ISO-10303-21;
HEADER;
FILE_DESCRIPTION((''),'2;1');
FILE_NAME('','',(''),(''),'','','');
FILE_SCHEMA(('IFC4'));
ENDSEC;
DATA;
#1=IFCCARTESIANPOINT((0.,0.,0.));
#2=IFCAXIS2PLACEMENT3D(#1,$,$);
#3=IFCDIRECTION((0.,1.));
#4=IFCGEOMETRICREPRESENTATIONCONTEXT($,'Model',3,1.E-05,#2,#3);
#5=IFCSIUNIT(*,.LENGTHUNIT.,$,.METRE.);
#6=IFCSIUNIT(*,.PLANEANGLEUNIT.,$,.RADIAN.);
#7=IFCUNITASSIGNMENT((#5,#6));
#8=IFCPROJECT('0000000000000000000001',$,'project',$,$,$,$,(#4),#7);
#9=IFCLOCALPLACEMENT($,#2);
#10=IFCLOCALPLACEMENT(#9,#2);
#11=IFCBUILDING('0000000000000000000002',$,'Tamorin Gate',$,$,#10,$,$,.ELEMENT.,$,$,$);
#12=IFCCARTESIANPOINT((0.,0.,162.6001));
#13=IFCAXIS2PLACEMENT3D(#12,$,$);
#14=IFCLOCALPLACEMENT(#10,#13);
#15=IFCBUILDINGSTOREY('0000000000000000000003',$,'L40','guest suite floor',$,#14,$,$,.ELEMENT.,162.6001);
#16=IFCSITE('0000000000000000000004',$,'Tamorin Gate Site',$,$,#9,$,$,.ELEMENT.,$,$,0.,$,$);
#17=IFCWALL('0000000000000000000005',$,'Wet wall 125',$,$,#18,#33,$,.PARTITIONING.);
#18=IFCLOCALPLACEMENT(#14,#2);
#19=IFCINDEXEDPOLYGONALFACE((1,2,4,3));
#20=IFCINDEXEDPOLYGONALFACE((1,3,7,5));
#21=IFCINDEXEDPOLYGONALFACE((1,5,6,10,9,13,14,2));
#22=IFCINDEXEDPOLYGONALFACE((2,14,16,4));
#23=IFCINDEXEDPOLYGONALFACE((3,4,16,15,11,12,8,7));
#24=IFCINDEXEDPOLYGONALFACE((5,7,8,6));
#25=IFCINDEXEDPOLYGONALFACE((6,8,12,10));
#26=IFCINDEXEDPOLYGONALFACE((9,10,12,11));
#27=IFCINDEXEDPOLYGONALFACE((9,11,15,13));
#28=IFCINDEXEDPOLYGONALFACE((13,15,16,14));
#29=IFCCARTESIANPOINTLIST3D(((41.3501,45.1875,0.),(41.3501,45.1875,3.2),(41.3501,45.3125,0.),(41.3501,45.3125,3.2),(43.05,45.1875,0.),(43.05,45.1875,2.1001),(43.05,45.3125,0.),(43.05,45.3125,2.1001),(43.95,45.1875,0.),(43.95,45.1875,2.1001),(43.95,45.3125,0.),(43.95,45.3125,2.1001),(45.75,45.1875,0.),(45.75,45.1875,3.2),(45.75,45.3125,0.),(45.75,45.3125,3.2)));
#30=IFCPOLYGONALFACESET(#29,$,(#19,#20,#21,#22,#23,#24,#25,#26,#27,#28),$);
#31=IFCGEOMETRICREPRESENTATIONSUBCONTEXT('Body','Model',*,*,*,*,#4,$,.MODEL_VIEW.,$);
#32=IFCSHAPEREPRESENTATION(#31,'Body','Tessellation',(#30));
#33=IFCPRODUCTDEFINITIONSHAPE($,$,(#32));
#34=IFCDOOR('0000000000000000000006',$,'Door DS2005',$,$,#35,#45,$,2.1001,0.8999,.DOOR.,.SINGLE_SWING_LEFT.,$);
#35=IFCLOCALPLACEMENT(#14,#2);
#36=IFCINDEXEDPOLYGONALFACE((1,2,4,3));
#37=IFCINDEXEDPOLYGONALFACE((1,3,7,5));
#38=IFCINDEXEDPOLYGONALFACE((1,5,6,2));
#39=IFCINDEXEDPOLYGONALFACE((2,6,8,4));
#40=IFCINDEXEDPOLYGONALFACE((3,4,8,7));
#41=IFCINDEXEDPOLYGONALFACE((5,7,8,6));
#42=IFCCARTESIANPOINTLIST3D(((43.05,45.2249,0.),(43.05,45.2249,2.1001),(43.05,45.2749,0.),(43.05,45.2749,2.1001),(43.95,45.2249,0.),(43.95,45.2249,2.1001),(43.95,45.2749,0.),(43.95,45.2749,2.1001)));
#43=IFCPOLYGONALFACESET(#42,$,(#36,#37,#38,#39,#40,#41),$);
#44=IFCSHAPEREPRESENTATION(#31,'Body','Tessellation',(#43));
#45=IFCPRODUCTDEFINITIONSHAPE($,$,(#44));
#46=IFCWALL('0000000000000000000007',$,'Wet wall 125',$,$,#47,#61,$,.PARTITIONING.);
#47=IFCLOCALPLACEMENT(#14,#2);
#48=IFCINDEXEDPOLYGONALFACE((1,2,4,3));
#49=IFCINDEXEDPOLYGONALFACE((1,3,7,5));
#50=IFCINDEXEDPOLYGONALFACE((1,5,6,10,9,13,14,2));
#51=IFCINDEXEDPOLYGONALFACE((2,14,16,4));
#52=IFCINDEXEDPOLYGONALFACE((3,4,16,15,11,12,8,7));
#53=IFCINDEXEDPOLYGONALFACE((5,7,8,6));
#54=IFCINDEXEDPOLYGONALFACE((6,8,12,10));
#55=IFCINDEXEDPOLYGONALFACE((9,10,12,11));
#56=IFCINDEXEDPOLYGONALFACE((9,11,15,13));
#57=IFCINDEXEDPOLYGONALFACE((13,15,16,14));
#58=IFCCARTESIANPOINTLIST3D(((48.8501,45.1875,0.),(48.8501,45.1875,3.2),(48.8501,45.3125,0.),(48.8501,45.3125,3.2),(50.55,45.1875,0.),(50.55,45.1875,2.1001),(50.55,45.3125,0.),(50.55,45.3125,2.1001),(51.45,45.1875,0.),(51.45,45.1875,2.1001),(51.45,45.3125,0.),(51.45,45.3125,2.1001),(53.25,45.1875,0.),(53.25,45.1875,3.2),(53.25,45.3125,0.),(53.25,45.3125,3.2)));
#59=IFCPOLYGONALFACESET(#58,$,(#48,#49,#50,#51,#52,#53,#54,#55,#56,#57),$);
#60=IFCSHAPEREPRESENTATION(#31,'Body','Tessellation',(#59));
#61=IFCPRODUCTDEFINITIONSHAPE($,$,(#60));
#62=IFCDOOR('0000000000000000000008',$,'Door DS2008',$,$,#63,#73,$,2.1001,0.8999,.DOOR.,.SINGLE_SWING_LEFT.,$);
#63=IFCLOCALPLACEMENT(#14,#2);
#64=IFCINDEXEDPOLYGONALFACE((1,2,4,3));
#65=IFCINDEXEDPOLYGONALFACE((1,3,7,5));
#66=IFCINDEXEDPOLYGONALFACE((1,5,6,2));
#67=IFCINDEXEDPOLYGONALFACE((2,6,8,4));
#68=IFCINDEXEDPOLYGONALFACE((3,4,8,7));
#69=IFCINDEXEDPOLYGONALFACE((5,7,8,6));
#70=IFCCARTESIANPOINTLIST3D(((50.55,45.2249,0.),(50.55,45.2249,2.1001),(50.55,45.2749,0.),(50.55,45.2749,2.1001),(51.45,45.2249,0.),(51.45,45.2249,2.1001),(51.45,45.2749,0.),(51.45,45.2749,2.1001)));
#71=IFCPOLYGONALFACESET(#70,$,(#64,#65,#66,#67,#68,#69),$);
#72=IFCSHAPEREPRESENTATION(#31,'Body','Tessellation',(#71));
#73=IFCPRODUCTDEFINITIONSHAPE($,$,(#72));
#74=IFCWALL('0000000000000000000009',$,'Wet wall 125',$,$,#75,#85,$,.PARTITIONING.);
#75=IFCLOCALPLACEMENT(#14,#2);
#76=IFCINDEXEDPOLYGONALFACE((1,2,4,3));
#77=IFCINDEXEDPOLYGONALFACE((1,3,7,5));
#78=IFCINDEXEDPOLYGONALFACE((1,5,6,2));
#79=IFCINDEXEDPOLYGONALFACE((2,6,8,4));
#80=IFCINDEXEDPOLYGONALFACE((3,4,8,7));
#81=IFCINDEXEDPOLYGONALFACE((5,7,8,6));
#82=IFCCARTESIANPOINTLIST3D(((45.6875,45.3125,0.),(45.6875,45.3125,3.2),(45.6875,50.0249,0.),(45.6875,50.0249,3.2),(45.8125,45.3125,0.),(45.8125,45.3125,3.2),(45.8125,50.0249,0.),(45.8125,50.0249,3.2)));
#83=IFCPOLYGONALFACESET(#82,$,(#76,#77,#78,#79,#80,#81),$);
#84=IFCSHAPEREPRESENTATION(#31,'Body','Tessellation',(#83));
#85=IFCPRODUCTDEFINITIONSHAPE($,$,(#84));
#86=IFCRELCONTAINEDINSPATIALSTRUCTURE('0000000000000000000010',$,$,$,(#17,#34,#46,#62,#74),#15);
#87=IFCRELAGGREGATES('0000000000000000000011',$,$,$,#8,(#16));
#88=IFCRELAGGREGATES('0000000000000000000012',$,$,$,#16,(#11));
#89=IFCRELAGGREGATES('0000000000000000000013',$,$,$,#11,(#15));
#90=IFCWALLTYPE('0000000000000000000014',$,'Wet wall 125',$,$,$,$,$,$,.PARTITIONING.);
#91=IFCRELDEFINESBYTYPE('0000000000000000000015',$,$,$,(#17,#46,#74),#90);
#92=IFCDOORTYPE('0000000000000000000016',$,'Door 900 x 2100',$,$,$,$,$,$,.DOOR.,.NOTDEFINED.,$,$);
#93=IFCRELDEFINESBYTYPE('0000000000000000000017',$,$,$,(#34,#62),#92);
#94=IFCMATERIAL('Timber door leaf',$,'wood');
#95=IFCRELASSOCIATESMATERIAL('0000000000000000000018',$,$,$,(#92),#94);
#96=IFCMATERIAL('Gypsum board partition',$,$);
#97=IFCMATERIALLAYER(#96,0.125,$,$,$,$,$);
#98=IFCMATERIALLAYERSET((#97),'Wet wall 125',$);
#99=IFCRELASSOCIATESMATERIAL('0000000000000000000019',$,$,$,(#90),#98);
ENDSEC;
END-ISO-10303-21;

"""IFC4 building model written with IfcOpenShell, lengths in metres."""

from ifc_helpers import new_model, si_unit, direction, frame, frame_2d, origin, place, context, subcontext, project, spatial, rectangle, extrude, material, layer, layer_set, type_object, element, fill, save


model = new_model("IFC4")

# Units and contexts
model_context = context("Model", 3, precision=1e-05, world=origin(), true_north=direction((0.0, 1.0)))
body_context = subcontext(model_context, "Body", "Model", "MODEL_VIEW")
ifc_project = project(units=[si_unit("LENGTHUNIT", "METRE"), si_unit("PLANEANGLEUNIT", "RADIAN")], contexts=[model_context])

# Site, building, storey
site_placement = place(None, origin())
site = spatial("IfcSite", under=ifc_project, at=site_placement, Name="Tamorin Gate Site", CompositionType="ELEMENT", RefElevation=0.0)
building_placement = place(site_placement, origin())
building = spatial("IfcBuilding", under=site, at=building_placement, Name="Tamorin Gate", CompositionType="ELEMENT")
storey_placement = place(building_placement, frame((0.0, 0.0, 162.6001)))
storey = spatial("IfcBuildingStorey", under=building, at=storey_placement, Name="L40", Description="guest suite floor", CompositionType="ELEMENT", Elevation=162.6001)

# Shared definitions
ifc_material_1 = material(Name="Gypsum board partition")

# Shared definitions
ifc_material_2 = material(Name="Timber door leaf", Category="wood")
door_type = type_object("IfcDoorType", Name="Door 900 x 2100", OperationType="NOTDEFINED", PredefinedType="DOOR", material=ifc_material_2)

# Walls, openings, doors
ifc_layer_1 = layer(ifc_material_1, 0.125)
ifc_layer_set_1 = layer_set([ifc_layer_1], Name="Wet wall 125")
wall_type_1 = type_object("IfcWallType", Name="Wet wall 125", PredefinedType="PARTITIONING", material=ifc_layer_set_1)
wall_1_placement = place(storey_placement, frame((41.3501, 45.25, 0.0), z_axis=(0.0, 0.0, 1.0), x_axis=(1.0, 0.0, 0.0)))
wall_1 = element("IfcWall", 1, at=wall_1_placement, inside=storey, type_object=wall_type_1, Name="Wet wall 125", PredefinedType="PARTITIONING", context=body_context, shape_type="SweptSolid", body=[
    extrude(rectangle(XDim=4.3999, YDim=0.125, at=frame_2d((2.2, 0.0))), origin(), (0.0, 0.0, 1.0), 3.2),
])
opening_1_placement = place(wall_1_placement, frame((1.7, 0.0, 0.0)))
opening_1 = element("IfcOpeningElement", 2, at=opening_1_placement, cuts=wall_1, PredefinedType="OPENING", context=body_context, shape_type="SweptSolid", body=[
    extrude(rectangle(XDim=0.8999, YDim=2.1001, at=frame_2d((0.45, 1.05))), frame((0.0, 0.0725, 0.0), z_axis=(0.0, -1.0, 0.0), x_axis=(1.0, 0.0, 0.0)), (0.0, 0.0, 1.0), 0.145),
])
door_1_placement = place(opening_1_placement, origin())
door_1 = element("IfcDoor", 3, at=door_1_placement, inside=storey, type_object=door_type, Name="Door DS2005", OperationType="SINGLE_SWING_LEFT", OverallHeight=2.1001, OverallWidth=0.8999, PredefinedType="DOOR", context=body_context, shape_type="SweptSolid", body=[
    extrude(rectangle(XDim=0.8999, YDim=2.1001, at=frame_2d((0.45, 1.05))), frame((0.0, 0.0249, 0.0), z_axis=(0.0, -1.0, 0.0), x_axis=(1.0, 0.0, 0.0)), (0.0, 0.0, 1.0), 0.05),
])
fill(opening_1, door_1)
wall_2_placement = place(storey_placement, frame((48.8501, 45.25, 0.0), z_axis=(0.0, 0.0, 1.0), x_axis=(1.0, 0.0, 0.0)))
wall_2 = element("IfcWall", 4, at=wall_2_placement, inside=storey, type_object=wall_type_1, Name="Wet wall 125", PredefinedType="PARTITIONING", context=body_context, shape_type="SweptSolid", body=[
    extrude(rectangle(XDim=4.3999, YDim=0.125, at=frame_2d((2.2, 0.0))), origin(), (0.0, 0.0, 1.0), 3.2),
])
opening_2_placement = place(wall_2_placement, frame((1.7, 0.0, 0.0)))
opening_2 = element("IfcOpeningElement", 5, at=opening_2_placement, cuts=wall_2, PredefinedType="OPENING", context=body_context, shape_type="SweptSolid", body=[
    extrude(rectangle(XDim=0.8999, YDim=2.1001, at=frame_2d((0.45, 1.05))), frame((0.0, 0.0725, 0.0), z_axis=(0.0, -1.0, 0.0), x_axis=(1.0, 0.0, 0.0)), (0.0, 0.0, 1.0), 0.145),
])
door_2_placement = place(opening_2_placement, origin())
door_2 = element("IfcDoor", 6, at=door_2_placement, inside=storey, type_object=door_type, Name="Door DS2008", OperationType="SINGLE_SWING_LEFT", OverallHeight=2.1001, OverallWidth=0.8999, PredefinedType="DOOR", context=body_context, shape_type="SweptSolid", body=[
    extrude(rectangle(XDim=0.8999, YDim=2.1001, at=frame_2d((0.45, 1.05))), frame((0.0, 0.0249, 0.0), z_axis=(0.0, -1.0, 0.0), x_axis=(1.0, 0.0, 0.0)), (0.0, 0.0, 1.0), 0.05),
])
fill(opening_2, door_2)

# Wall
wall_3_placement = place(storey_placement, frame((45.75, 45.3125, 0.0), z_axis=(0.0, 0.0, 1.0), x_axis=(0.0, 1.0, 0.0)))
element("IfcWall", 7, at=wall_3_placement, inside=storey, type_object=wall_type_1, Name="Wet wall 125", PredefinedType="PARTITIONING", context=body_context, shape_type="SweptSolid", body=[
    extrude(rectangle(XDim=4.7124, YDim=0.125, at=frame_2d((2.3562, 0.0))), origin(), (0.0, 0.0, 1.0), 3.2),
])

save(model, "model.ifc")
